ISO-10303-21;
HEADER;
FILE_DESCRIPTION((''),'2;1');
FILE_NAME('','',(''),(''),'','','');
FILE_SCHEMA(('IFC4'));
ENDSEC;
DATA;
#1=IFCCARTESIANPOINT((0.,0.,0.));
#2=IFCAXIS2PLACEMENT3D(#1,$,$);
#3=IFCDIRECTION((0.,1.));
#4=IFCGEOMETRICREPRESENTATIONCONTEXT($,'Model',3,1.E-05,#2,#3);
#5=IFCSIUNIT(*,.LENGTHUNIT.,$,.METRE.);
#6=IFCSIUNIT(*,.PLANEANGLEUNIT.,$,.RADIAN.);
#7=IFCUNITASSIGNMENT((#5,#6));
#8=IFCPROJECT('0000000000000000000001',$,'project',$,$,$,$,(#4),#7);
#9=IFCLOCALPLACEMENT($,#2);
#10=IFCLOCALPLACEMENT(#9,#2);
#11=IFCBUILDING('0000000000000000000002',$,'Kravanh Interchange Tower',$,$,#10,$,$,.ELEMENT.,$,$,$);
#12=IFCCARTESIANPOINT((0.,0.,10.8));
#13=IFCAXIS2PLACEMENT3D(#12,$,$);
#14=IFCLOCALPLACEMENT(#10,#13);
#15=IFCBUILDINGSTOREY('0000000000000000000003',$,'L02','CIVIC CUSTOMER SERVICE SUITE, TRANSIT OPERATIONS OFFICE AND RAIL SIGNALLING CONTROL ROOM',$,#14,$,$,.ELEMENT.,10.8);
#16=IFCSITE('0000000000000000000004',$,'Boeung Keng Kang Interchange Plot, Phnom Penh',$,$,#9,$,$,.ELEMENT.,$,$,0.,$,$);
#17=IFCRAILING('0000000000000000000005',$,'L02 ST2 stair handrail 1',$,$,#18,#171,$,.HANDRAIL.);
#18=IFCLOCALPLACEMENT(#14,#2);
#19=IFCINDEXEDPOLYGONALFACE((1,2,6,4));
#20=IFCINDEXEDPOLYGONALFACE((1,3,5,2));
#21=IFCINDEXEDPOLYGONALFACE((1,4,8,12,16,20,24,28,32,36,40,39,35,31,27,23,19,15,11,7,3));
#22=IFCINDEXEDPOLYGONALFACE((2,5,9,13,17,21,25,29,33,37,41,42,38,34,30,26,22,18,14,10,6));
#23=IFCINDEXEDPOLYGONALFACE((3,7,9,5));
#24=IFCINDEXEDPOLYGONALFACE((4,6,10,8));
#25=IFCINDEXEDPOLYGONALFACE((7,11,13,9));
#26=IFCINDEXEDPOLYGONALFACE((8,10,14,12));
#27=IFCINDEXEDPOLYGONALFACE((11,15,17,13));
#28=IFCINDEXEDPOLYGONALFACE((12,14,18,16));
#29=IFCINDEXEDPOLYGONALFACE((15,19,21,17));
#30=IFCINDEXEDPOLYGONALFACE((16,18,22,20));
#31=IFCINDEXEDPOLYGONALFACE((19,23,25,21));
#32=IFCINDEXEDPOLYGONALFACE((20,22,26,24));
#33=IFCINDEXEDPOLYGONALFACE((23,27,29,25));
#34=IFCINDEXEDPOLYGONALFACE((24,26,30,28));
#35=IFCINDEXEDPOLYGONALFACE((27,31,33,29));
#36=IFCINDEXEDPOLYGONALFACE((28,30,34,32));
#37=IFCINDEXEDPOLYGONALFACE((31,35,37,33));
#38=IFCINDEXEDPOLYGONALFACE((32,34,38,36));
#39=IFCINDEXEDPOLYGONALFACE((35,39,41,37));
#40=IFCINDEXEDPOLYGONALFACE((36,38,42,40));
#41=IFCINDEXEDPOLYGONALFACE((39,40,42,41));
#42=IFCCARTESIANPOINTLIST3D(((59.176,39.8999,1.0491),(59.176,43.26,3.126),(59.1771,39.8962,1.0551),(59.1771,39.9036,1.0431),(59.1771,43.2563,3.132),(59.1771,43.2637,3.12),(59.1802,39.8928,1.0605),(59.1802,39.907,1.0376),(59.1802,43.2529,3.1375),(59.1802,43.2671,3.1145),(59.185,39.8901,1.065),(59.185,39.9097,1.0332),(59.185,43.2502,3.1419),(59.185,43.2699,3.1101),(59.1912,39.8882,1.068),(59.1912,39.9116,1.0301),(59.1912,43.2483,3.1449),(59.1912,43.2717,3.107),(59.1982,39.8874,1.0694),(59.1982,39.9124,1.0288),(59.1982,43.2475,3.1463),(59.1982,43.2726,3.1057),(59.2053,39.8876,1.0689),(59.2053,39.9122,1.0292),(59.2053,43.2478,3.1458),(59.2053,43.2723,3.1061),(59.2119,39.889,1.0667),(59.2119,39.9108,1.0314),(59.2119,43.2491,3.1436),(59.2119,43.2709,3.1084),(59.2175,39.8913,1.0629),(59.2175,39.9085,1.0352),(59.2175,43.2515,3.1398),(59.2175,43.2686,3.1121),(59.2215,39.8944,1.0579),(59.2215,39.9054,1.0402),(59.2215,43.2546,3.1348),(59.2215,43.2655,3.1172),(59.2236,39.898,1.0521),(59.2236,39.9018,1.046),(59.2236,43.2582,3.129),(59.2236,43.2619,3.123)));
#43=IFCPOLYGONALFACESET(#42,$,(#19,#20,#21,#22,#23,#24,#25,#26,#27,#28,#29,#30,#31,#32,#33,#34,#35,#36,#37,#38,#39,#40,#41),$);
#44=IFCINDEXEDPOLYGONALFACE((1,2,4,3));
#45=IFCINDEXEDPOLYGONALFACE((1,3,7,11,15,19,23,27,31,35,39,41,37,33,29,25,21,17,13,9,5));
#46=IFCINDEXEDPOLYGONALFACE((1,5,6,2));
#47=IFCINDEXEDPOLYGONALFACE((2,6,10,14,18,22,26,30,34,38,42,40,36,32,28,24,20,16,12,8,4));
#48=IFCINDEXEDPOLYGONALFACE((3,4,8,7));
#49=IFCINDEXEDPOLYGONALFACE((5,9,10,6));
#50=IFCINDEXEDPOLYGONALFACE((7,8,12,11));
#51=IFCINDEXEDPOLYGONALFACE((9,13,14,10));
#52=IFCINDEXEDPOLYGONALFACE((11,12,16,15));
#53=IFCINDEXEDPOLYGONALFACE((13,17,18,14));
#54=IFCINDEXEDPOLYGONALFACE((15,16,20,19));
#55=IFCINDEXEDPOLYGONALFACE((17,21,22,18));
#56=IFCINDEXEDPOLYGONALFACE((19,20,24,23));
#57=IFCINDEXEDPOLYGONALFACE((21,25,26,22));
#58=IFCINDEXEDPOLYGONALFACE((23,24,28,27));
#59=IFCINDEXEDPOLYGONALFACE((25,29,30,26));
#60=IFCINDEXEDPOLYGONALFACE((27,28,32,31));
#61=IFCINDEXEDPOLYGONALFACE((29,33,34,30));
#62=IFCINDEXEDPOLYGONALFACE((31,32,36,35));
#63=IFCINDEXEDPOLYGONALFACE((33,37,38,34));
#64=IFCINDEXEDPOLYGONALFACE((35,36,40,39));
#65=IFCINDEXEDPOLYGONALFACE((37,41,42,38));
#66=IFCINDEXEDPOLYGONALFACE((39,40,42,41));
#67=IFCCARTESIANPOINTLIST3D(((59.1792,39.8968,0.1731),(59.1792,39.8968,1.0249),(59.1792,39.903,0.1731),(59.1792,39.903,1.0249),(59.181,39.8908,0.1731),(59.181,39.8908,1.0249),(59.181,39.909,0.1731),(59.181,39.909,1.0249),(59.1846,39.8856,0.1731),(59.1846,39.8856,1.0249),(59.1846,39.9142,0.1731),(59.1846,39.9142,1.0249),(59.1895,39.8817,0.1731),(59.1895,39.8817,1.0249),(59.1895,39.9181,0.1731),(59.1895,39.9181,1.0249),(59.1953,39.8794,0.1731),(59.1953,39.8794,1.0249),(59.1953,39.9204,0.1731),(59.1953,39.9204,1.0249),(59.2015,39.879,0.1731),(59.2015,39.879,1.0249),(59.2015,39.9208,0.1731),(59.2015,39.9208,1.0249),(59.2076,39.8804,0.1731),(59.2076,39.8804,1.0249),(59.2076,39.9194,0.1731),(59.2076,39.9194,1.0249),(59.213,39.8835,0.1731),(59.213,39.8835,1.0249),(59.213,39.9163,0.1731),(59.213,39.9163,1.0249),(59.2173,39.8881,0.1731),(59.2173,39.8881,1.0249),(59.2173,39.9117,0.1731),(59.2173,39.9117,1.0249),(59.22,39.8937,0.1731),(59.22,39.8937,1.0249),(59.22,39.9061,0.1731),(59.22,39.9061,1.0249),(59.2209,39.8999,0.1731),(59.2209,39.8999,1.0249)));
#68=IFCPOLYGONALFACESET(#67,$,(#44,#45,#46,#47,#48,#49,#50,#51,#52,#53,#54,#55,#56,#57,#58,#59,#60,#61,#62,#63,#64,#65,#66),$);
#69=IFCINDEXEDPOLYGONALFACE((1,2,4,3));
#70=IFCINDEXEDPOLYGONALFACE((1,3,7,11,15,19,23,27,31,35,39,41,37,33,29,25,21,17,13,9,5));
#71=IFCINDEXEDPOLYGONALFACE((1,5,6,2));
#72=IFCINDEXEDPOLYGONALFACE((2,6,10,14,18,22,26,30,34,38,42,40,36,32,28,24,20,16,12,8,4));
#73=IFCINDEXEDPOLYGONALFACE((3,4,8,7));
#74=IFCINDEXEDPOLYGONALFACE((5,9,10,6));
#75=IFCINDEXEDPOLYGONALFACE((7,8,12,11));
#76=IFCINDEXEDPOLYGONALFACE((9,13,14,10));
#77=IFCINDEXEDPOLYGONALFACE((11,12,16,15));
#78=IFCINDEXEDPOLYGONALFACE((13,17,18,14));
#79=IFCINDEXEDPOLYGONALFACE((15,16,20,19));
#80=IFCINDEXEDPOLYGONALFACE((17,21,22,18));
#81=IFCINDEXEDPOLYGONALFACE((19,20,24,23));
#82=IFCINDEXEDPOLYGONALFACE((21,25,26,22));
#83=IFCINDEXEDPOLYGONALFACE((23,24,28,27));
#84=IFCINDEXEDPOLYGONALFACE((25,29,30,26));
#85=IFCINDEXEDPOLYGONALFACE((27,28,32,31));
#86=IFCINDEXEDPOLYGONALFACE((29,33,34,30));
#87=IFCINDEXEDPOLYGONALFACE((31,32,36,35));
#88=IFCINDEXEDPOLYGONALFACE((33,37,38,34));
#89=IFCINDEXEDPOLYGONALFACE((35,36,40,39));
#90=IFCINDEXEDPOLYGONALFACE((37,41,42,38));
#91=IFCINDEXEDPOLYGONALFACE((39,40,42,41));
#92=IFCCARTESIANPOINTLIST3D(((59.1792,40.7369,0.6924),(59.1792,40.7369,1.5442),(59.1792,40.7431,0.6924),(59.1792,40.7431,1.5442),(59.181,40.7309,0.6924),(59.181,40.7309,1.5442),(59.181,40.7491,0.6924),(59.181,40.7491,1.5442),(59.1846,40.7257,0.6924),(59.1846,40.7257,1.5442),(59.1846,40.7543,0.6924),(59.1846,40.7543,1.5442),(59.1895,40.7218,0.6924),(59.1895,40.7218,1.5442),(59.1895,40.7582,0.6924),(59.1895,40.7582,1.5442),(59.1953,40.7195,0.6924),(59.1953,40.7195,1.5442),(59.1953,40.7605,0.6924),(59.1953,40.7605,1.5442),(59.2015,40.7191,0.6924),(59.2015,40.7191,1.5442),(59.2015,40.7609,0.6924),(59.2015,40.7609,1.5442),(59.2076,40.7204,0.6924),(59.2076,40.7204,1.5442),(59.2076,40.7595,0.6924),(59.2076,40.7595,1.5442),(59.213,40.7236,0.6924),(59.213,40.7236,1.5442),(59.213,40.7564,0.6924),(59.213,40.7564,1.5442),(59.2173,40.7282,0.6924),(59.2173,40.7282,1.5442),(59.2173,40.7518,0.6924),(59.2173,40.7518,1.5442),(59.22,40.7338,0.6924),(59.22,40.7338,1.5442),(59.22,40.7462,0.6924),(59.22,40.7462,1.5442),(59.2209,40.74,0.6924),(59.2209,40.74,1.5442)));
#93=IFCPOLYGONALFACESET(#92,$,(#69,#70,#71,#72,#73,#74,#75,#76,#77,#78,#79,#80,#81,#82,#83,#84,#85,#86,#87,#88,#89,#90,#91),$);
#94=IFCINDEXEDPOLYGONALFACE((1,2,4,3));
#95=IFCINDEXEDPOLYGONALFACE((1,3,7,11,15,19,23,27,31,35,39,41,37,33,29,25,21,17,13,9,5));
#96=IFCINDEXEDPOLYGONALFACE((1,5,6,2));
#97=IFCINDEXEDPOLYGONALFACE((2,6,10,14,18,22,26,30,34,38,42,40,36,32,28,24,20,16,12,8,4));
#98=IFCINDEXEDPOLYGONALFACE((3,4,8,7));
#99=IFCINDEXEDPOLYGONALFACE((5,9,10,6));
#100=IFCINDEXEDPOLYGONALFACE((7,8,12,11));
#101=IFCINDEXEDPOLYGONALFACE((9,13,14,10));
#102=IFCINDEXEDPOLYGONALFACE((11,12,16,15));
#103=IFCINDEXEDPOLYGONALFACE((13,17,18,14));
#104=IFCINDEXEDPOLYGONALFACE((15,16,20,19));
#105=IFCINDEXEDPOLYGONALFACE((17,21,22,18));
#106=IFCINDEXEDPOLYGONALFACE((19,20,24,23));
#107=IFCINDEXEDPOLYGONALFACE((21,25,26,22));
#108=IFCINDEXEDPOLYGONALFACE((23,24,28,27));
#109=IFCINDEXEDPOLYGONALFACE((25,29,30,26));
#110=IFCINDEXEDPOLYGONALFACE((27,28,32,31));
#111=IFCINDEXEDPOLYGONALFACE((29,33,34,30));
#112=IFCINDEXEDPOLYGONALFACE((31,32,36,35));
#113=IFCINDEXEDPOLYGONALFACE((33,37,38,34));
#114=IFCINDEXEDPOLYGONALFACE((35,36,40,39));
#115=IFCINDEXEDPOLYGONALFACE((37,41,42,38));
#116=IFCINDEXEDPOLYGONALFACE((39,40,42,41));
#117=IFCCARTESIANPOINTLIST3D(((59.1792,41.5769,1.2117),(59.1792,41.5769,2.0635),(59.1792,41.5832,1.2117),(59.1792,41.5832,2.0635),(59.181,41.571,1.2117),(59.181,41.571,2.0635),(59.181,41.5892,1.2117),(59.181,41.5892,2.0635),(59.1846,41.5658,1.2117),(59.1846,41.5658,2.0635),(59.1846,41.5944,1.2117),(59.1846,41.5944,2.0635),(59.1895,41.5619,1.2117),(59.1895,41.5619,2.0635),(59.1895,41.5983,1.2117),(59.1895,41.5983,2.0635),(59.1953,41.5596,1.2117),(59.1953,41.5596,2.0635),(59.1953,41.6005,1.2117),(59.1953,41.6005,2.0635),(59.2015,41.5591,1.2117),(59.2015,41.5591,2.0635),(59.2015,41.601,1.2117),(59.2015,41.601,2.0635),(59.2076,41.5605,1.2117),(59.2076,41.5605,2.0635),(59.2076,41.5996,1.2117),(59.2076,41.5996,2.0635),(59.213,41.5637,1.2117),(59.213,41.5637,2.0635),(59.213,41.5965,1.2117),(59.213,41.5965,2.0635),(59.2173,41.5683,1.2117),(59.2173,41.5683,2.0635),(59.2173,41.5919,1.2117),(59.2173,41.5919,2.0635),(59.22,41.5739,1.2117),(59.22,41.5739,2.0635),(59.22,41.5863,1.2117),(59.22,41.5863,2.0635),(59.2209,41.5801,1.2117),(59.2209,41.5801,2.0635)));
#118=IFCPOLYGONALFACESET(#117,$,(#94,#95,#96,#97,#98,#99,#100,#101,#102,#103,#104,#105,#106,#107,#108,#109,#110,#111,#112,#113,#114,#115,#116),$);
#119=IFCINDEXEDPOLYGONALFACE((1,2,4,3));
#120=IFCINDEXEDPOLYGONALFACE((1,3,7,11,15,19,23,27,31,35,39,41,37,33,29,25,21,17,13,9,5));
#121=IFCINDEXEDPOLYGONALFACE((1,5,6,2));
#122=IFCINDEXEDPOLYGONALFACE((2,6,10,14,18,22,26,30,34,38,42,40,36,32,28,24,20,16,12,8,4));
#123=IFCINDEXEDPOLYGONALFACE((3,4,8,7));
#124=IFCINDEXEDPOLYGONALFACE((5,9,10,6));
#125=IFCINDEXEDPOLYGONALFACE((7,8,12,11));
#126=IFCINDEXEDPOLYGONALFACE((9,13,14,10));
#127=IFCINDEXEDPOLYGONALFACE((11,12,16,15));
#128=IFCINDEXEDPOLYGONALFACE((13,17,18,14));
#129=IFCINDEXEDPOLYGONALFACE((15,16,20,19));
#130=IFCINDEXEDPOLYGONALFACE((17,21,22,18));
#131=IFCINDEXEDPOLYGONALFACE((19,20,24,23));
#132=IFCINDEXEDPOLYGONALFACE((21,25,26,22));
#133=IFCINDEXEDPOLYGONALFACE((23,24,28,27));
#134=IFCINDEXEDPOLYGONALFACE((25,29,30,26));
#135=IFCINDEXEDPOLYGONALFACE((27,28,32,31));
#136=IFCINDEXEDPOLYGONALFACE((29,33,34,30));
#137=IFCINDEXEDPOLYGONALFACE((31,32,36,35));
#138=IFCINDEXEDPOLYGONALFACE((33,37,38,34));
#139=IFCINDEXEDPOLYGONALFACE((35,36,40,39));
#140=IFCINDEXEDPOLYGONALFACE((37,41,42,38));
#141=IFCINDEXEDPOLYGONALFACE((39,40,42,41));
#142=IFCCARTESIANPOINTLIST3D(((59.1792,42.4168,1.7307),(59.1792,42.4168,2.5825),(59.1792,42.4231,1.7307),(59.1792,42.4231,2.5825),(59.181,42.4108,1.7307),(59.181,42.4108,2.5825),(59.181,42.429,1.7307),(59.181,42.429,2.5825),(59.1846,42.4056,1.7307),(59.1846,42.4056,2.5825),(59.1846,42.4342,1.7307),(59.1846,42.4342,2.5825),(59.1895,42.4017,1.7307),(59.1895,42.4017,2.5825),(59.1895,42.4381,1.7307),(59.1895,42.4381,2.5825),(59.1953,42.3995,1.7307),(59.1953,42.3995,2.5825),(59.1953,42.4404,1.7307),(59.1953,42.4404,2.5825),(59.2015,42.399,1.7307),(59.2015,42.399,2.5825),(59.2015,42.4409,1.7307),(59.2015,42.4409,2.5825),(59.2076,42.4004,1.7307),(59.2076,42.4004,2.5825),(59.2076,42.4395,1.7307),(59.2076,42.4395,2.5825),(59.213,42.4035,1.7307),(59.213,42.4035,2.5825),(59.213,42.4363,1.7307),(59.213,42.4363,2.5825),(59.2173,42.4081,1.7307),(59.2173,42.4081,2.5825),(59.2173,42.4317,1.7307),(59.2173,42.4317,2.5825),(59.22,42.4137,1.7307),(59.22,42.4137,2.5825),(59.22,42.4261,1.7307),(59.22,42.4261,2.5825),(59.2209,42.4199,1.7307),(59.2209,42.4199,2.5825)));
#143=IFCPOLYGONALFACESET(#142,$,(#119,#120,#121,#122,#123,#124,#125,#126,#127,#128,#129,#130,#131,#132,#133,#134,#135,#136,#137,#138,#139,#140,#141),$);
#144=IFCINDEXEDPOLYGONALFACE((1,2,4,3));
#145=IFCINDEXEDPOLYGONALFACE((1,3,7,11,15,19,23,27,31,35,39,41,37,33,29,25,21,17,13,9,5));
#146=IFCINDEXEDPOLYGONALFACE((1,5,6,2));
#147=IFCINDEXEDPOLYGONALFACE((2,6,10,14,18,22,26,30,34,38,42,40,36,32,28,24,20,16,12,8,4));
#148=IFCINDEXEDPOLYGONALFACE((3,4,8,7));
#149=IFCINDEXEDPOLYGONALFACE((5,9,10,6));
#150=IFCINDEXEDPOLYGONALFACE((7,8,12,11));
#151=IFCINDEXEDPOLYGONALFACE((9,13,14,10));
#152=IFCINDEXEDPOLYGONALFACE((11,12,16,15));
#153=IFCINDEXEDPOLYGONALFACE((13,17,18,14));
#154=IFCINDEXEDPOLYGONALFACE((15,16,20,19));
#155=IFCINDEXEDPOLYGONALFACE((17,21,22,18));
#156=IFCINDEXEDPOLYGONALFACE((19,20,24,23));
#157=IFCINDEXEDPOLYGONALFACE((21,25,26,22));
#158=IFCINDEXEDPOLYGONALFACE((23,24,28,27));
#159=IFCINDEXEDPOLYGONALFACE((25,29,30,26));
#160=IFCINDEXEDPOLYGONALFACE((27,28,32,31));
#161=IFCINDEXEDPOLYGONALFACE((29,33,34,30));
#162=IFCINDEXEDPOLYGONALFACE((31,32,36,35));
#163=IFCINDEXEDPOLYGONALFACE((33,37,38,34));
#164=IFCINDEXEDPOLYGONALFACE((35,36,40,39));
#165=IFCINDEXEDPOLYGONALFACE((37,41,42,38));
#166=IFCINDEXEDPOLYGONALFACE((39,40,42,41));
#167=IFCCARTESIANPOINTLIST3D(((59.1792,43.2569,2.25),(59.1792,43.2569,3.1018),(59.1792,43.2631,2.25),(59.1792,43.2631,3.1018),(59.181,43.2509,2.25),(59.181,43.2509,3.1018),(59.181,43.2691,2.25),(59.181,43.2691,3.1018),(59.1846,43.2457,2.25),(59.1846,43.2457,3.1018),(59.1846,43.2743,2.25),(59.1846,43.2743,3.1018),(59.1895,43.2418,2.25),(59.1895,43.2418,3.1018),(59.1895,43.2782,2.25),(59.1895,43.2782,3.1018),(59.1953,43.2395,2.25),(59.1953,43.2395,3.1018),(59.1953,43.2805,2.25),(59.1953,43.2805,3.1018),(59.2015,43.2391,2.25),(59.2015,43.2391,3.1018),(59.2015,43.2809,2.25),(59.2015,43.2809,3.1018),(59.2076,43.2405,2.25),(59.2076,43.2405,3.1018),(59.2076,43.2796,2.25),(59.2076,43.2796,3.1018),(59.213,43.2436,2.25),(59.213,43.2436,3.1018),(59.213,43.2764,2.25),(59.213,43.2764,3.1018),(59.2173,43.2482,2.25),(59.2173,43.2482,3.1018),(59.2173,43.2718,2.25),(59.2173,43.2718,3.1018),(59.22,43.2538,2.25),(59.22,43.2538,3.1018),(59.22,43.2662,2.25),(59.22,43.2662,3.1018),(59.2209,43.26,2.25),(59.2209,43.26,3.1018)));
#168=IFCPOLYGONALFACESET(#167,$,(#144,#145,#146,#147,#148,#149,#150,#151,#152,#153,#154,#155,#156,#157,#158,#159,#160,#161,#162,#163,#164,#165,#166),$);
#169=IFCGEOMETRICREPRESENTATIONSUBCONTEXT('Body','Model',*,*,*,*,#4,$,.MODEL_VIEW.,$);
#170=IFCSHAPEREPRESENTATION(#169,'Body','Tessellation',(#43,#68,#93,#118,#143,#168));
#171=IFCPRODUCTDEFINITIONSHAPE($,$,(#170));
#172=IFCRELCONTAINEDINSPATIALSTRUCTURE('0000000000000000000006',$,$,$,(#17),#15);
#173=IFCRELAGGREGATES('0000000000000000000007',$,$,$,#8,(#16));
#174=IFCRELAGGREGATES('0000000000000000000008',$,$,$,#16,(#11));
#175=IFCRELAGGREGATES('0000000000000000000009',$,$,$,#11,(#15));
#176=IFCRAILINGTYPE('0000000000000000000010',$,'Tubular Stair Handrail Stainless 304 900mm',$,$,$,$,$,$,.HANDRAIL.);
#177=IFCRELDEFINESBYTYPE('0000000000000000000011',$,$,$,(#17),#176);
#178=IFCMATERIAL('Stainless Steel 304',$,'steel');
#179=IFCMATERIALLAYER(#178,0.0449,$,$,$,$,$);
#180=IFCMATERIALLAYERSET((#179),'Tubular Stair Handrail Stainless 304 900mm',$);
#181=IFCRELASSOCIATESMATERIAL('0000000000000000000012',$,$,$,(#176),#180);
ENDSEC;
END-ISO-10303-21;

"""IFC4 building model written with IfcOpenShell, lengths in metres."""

from ifc_helpers import new_model, si_unit, direction, frame, origin, origin_2d, place, context, subcontext, project, spatial, circle, extrude, material, layer, layer_set, type_object, element, save


model = new_model("IFC4")

# Units and contexts
model_context = context("Model", 3, precision=1e-05, world=origin(), true_north=direction((0.0, 1.0)))
body_context = subcontext(model_context, "Body", "Model", "MODEL_VIEW")
ifc_project = project(units=[si_unit("LENGTHUNIT", "METRE"), si_unit("PLANEANGLEUNIT", "RADIAN")], contexts=[model_context])

# Site, building, storey
site_placement = place(None, origin())
site = spatial("IfcSite", under=ifc_project, at=site_placement, Name="Boeung Keng Kang Interchange Plot, Phnom Penh", CompositionType="ELEMENT", RefElevation=0.0)
building_placement = place(site_placement, origin())
building = spatial("IfcBuilding", under=site, at=building_placement, Name="Kravanh Interchange Tower", CompositionType="ELEMENT")
storey_placement = place(building_placement, frame((0.0, 0.0, 10.8)))
storey = spatial("IfcBuildingStorey", under=building, at=storey_placement, Name="L02", Description="CIVIC CUSTOMER SERVICE SUITE, TRANSIT OPERATIONS OFFICE AND RAIL SIGNALLING CONTROL ROOM", CompositionType="ELEMENT", Elevation=10.8)

# Railing
ifc_material_1 = material(Name="Stainless Steel 304", Category="steel")
ifc_layer_1 = layer(ifc_material_1, 0.0449)
ifc_layer_set_1 = layer_set([ifc_layer_1], Name="Tubular Stair Handrail Stainless 304 900mm")
railing_type_1 = type_object("IfcRailingType", Name="Tubular Stair Handrail Stainless 304 900mm", PredefinedType="HANDRAIL", material=ifc_layer_set_1)
railing_1_placement = place(storey_placement, frame((59.2, 39.8999, 0.1731)))
element("IfcRailing", 1, at=railing_1_placement, inside=storey, type_object=railing_type_1, Name="L02 ST2 stair handrail 1", PredefinedType="HANDRAIL", context=body_context, shape_type="SweptSolid", body=[
    extrude(circle(Radius=0.0239, at=origin_2d()), frame((0.0, 0.0, 0.876), z_axis=(0.0, 0.850623, 0.525776), x_axis=(-1.0, 0.0, 0.0)), (0.0, 0.0, 1.0), 3.9502),
    extrude(circle(Radius=0.021, at=origin_2d()), origin(), (0.0, 0.0, 1.0), 0.8518),
    extrude(circle(Radius=0.021, at=origin_2d()), frame((0.0, 0.8401, 0.5193)), (0.0, 0.0, 1.0), 0.8518),
    extrude(circle(Radius=0.021, at=origin_2d()), frame((0.0, 1.6802, 1.0386)), (0.0, 0.0, 1.0), 0.8518),
    extrude(circle(Radius=0.021, at=origin_2d()), frame((0.0, 2.52, 1.5576)), (0.0, 0.0, 1.0), 0.8518),
    extrude(circle(Radius=0.021, at=origin_2d()), frame((0.0, 3.3601, 2.0769)), (0.0, 0.0, 1.0), 0.8518),
])

save(model, "model.ifc")
